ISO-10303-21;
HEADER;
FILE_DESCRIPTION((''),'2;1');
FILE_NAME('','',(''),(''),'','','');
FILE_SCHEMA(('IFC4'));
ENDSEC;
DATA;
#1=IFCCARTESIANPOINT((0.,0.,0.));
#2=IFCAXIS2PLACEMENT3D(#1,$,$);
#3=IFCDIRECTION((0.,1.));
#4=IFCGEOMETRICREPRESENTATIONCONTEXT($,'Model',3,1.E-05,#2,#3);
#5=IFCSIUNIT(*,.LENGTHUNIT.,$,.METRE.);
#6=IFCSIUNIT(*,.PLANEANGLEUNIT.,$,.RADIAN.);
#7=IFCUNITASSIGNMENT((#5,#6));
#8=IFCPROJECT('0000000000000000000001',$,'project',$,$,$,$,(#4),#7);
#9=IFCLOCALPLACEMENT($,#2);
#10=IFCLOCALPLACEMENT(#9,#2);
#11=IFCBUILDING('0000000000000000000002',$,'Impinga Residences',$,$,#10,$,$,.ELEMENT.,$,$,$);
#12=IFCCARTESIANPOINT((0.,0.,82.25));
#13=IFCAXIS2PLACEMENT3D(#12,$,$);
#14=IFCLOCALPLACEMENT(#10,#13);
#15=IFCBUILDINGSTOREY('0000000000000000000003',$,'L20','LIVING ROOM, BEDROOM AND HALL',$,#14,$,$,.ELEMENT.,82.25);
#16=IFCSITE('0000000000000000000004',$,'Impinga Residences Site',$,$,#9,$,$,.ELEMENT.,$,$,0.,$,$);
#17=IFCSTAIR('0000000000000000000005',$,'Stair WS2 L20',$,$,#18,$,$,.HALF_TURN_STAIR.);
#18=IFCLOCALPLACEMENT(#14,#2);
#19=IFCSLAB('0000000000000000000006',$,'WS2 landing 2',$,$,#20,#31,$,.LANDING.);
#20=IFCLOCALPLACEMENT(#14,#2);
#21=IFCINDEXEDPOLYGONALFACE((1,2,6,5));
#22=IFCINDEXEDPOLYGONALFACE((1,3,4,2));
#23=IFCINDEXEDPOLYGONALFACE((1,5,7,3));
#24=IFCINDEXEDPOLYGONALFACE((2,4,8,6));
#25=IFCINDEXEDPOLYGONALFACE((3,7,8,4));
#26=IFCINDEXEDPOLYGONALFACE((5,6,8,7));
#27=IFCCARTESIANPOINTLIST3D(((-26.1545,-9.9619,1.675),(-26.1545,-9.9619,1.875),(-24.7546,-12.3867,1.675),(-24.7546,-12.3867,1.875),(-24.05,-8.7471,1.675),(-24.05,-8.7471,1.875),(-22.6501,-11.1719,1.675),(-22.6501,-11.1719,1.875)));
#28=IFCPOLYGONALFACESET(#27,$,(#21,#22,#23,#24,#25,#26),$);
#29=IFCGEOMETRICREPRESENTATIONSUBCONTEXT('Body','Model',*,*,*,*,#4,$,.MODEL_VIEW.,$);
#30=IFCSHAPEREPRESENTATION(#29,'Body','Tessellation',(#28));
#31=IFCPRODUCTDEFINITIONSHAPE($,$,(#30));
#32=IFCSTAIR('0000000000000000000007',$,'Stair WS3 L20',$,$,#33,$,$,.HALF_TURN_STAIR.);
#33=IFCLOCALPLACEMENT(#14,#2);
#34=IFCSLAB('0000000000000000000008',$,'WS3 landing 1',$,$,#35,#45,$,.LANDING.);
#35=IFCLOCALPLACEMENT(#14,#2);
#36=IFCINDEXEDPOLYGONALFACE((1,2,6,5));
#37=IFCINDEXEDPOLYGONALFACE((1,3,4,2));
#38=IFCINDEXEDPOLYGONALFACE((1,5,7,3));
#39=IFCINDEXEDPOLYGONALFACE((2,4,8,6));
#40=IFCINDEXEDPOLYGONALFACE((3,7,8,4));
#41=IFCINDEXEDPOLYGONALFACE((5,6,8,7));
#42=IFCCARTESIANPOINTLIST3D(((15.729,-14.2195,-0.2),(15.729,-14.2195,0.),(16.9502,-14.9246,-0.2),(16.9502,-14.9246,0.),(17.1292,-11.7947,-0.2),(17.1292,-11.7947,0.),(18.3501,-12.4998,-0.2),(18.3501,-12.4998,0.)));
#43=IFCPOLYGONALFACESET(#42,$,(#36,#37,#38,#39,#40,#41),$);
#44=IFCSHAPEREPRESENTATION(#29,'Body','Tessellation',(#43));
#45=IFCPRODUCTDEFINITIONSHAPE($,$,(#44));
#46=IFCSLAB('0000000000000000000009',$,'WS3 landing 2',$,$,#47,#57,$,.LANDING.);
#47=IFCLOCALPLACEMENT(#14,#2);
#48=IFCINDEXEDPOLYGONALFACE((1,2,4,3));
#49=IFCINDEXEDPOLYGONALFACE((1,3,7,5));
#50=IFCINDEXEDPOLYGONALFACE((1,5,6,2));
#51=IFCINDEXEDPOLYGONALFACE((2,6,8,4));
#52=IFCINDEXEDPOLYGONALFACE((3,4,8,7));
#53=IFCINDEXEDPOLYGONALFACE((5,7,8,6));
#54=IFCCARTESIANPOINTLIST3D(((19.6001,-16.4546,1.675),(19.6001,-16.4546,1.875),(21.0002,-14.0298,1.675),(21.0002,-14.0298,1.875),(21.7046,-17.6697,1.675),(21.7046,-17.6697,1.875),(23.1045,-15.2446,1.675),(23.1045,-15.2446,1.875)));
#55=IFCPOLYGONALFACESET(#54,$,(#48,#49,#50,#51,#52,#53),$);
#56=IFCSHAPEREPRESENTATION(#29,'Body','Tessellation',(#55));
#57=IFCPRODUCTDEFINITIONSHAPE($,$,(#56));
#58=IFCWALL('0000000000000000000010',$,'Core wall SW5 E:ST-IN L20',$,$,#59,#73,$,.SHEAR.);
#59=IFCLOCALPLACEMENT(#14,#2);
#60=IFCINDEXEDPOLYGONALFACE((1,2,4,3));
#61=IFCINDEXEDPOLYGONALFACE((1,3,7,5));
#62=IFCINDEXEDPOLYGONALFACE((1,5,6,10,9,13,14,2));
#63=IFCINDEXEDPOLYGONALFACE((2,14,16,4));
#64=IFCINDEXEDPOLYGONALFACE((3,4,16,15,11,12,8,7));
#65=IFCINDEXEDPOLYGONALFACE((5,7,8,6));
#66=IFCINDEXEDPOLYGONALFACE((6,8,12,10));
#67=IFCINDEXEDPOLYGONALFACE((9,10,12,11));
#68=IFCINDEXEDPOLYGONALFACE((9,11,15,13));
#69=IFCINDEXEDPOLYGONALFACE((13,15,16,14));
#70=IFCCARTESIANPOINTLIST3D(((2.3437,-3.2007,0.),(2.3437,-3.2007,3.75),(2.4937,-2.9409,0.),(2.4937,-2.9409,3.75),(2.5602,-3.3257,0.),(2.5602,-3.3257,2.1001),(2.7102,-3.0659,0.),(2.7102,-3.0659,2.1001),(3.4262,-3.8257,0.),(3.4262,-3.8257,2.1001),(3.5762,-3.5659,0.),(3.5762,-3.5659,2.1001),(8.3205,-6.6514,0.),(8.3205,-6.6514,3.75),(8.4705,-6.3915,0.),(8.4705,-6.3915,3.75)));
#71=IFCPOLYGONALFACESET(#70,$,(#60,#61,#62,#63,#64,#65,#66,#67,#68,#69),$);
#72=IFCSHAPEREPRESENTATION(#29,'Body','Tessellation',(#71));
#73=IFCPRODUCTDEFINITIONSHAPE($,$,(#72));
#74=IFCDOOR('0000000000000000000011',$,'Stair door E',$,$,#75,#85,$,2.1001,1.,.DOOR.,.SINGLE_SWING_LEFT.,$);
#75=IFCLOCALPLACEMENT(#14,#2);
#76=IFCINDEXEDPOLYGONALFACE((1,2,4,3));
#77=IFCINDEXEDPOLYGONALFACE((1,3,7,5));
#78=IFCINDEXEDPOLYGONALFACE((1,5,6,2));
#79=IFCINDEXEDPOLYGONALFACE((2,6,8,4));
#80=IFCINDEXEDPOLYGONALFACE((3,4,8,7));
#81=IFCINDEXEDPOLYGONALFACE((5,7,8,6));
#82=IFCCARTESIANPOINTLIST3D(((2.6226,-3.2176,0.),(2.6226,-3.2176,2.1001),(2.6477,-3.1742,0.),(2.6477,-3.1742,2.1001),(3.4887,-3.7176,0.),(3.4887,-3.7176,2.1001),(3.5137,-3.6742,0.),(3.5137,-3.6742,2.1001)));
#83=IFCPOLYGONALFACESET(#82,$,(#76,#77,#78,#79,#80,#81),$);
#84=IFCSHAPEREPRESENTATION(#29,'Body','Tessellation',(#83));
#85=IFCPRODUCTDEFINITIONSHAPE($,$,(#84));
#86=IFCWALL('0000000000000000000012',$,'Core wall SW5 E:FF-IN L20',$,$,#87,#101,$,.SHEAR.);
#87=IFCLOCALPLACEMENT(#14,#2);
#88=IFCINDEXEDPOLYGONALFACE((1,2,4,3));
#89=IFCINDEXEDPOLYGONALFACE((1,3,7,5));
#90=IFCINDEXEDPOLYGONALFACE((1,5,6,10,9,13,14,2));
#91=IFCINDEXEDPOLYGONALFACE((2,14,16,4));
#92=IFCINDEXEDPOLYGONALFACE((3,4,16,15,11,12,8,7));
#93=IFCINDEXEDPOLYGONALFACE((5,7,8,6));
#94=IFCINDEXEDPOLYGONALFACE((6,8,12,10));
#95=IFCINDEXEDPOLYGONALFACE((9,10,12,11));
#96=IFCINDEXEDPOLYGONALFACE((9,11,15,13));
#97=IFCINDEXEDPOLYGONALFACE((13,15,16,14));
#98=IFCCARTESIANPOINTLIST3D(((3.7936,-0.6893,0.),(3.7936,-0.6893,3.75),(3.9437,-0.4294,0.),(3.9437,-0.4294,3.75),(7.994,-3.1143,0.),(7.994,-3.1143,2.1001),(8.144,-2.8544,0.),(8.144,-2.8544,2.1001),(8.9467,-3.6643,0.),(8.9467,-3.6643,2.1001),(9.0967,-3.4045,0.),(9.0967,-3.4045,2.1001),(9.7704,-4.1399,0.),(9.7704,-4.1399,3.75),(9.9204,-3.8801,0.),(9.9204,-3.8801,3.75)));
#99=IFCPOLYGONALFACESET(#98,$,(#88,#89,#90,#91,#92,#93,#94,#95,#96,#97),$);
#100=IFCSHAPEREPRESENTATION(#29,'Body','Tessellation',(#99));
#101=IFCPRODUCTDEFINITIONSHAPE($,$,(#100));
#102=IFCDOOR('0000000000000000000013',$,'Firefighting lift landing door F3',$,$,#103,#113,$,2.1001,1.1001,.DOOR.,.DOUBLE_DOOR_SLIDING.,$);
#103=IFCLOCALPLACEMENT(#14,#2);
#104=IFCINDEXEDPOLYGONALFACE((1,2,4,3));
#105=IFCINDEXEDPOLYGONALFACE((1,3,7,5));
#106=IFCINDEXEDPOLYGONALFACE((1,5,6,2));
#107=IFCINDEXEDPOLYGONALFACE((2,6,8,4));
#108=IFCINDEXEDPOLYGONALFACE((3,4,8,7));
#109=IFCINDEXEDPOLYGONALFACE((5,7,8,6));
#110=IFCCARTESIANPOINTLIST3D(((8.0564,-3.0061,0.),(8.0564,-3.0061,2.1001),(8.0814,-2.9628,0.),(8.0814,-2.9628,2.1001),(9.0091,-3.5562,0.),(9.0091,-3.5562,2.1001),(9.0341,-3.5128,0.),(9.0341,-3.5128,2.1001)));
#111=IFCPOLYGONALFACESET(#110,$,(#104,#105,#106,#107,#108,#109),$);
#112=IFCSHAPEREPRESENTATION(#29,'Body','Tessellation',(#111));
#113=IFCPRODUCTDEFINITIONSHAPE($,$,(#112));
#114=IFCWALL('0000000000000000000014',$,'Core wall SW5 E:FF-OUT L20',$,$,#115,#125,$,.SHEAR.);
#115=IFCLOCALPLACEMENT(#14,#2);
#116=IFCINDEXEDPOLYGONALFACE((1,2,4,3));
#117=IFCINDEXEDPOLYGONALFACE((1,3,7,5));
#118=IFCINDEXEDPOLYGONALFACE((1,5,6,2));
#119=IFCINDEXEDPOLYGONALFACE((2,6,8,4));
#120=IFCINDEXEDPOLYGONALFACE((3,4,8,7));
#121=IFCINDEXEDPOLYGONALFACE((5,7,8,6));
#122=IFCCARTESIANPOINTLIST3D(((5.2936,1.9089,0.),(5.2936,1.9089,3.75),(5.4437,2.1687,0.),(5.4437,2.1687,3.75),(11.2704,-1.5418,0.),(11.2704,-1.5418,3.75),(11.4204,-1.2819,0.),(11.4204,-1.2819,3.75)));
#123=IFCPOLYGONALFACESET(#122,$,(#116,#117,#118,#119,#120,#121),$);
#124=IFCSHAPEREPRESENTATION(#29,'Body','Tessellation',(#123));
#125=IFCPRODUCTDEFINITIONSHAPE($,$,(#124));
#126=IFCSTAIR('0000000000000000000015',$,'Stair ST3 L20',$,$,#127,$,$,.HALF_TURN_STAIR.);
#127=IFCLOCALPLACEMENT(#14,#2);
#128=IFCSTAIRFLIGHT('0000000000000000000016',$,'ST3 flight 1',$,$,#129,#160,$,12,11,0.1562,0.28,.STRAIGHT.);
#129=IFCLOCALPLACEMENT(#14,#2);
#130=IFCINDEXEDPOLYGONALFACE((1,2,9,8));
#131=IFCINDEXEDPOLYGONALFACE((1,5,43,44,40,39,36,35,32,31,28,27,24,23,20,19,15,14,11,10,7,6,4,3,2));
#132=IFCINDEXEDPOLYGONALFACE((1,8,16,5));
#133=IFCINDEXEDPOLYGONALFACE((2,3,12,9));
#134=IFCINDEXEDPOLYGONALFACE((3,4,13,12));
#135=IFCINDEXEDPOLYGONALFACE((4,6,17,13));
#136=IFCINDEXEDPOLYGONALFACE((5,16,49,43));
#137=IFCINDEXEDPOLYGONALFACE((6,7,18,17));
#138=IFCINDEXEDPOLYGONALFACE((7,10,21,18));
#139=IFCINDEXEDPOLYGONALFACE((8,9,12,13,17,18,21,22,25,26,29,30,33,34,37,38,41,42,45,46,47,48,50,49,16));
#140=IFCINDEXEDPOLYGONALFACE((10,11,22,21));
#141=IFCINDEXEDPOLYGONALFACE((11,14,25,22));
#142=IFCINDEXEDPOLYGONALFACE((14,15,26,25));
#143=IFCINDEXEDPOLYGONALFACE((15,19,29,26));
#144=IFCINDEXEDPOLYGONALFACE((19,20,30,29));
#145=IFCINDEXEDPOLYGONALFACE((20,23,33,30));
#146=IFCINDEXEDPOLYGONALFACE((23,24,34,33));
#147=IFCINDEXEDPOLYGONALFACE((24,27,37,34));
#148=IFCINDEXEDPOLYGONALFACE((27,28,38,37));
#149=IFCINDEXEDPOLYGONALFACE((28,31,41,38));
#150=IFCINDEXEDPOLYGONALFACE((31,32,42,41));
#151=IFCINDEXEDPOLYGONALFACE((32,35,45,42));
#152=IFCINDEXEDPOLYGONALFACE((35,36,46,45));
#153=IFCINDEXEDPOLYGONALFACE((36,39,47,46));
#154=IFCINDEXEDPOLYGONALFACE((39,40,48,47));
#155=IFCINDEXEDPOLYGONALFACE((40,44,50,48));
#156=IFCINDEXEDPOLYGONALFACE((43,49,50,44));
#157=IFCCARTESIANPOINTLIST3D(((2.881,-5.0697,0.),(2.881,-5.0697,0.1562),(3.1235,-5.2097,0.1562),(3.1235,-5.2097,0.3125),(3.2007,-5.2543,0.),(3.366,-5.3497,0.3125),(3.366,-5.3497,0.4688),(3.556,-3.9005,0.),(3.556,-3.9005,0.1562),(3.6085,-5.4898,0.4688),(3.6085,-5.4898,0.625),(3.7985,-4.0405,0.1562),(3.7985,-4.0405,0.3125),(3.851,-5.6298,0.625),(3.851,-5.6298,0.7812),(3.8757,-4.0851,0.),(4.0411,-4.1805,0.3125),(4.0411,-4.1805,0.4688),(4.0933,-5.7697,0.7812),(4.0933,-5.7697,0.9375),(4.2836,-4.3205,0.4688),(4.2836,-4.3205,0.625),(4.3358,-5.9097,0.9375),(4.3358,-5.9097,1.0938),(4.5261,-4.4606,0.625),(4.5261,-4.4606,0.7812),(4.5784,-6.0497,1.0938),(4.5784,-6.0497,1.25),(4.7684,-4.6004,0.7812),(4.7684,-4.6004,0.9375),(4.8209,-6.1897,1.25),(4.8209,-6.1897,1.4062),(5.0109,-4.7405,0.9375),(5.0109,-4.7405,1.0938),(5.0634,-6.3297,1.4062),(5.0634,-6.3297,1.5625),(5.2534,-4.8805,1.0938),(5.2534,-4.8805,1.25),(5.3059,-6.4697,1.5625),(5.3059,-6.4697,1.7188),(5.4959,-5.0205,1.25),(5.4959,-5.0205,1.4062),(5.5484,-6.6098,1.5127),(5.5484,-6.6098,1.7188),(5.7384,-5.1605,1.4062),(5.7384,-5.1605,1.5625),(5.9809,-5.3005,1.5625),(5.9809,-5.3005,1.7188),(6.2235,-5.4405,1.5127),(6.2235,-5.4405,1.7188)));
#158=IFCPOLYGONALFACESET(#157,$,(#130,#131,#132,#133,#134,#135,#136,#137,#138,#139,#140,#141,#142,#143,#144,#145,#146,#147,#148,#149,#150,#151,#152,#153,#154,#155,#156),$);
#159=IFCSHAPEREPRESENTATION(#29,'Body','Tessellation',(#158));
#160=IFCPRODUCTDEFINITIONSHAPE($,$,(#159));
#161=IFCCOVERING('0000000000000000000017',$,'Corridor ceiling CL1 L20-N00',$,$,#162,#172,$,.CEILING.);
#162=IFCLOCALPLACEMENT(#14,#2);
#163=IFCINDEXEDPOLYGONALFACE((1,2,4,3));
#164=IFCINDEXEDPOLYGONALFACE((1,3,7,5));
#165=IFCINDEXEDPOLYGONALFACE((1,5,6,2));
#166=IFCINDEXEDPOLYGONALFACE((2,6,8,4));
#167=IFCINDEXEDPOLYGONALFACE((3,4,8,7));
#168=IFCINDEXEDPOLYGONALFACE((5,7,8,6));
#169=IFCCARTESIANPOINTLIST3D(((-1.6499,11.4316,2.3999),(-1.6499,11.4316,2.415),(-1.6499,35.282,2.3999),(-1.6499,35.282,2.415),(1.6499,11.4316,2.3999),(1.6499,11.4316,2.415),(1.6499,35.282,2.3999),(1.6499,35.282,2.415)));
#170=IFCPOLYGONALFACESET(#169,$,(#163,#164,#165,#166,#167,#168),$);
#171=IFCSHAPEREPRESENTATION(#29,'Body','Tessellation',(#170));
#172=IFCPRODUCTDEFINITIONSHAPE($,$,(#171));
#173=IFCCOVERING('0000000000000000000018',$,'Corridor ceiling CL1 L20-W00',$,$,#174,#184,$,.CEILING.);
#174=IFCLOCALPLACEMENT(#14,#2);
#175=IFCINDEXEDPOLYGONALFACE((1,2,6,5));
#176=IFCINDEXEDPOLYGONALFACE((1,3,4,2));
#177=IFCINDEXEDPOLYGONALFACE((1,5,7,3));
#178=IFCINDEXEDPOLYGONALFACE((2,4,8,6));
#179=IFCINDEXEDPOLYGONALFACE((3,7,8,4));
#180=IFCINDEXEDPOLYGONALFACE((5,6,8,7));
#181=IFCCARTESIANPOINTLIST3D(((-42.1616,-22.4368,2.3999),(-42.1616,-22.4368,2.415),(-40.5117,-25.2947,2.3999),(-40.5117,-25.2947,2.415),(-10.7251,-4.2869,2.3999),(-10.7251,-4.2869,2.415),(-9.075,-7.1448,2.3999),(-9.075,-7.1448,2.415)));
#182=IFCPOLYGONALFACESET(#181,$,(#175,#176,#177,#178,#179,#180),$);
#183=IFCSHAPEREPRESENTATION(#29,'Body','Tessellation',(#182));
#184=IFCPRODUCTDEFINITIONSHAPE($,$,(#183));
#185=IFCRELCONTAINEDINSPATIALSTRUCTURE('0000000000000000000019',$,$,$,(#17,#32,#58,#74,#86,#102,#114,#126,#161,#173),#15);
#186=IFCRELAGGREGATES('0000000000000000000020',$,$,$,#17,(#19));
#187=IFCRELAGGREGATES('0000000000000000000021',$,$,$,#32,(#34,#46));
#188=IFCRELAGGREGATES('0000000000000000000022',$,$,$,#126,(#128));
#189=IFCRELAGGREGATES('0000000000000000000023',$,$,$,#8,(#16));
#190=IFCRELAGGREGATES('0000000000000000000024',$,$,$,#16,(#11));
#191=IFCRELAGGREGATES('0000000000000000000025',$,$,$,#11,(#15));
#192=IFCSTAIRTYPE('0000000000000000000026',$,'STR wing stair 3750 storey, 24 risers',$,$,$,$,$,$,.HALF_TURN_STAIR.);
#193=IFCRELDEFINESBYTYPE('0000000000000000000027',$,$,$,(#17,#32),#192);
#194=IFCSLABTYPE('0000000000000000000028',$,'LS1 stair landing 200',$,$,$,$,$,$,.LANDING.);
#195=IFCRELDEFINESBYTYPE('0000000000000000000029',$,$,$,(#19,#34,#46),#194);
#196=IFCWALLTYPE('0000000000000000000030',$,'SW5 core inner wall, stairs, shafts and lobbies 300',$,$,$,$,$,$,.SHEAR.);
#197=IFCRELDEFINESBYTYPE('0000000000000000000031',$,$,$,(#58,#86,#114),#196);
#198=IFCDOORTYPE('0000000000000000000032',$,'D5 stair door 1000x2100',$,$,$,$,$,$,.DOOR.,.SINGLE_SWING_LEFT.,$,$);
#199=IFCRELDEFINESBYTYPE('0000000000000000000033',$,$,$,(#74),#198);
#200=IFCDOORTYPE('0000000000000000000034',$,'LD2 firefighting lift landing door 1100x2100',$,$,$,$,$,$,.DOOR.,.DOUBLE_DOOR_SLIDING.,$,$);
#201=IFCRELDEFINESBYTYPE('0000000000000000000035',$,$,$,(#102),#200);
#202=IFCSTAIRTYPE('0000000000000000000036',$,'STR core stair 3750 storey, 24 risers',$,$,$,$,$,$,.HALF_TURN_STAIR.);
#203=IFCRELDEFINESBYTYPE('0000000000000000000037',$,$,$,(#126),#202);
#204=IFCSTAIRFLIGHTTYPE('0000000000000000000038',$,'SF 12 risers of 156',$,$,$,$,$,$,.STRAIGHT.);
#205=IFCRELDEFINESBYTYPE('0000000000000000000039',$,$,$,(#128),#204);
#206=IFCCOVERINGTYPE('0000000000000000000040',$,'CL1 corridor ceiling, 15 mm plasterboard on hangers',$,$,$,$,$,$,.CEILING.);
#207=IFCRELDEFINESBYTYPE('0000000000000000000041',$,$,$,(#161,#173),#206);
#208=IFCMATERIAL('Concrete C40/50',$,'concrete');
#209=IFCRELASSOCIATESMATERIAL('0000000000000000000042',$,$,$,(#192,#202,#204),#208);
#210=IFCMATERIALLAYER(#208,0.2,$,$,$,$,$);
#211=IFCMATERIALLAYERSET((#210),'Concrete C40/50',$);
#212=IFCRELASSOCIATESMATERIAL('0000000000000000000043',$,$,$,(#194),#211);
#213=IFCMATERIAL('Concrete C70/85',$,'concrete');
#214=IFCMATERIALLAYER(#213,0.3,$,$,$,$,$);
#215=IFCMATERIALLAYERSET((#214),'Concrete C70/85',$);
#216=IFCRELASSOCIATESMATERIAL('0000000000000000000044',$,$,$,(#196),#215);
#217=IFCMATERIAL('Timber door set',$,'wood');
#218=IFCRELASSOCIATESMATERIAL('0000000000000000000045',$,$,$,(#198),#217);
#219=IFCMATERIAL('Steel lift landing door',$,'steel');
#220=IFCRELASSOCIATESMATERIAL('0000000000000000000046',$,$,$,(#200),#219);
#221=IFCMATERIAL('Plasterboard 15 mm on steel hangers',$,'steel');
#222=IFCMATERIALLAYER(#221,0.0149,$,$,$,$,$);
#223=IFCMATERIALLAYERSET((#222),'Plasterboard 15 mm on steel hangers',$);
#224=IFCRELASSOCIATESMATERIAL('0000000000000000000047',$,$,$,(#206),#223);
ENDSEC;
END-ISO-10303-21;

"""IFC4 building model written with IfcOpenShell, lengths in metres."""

from ifc_helpers import new_model, si_unit, direction, frame, frame_2d, origin, place, context, subcontext, project, spatial, polyline, rectangle, outline, extrude, material, layer, layer_set, type_object, element, fill, aggregate, save


model = new_model("IFC4")

# Units and contexts
model_context = context("Model", 3, precision=1e-05, world=origin(), true_north=direction((0.0, 1.0)))
body_context = subcontext(model_context, "Body", "Model", "MODEL_VIEW")
ifc_project = project(units=[si_unit("LENGTHUNIT", "METRE"), si_unit("PLANEANGLEUNIT", "RADIAN")], contexts=[model_context])

# Site, building, storey
site_placement = place(None, origin())
site = spatial("IfcSite", under=ifc_project, at=site_placement, Name="Impinga Residences Site", CompositionType="ELEMENT", RefElevation=0.0)
building_placement = place(site_placement, origin())
building = spatial("IfcBuilding", under=site, at=building_placement, Name="Impinga Residences", CompositionType="ELEMENT")
storey_placement = place(building_placement, frame((0.0, 0.0, 82.25)))
storey = spatial("IfcBuildingStorey", under=building, at=storey_placement, Name="L20", Description="LIVING ROOM, BEDROOM AND HALL", CompositionType="ELEMENT", Elevation=82.25)

# Stair, slab
ifc_material_1 = material(Name="Concrete C40/50", Category="concrete")
stair_type_1 = type_object("IfcStairType", Name="STR wing stair 3750 storey, 24 risers", PredefinedType="HALF_TURN_STAIR", material=ifc_material_1)
stair_1_placement = place(storey_placement, origin())
stair_1 = element("IfcStair", 1, at=stair_1_placement, inside=storey, type_object=stair_type_1, Name="Stair WS2 L20", PredefinedType="HALF_TURN_STAIR")
ifc_layer_1 = layer(ifc_material_1, 0.2)
ifc_layer_set_1 = layer_set([ifc_layer_1], Name="Concrete C40/50")
slab_type = type_object("IfcSlabType", Name="LS1 stair landing 200", PredefinedType="LANDING", material=ifc_layer_set_1)
slab_1_placement = place(storey_placement, frame((0.0, 0.0, 1.675)))
slab_1 = element("IfcSlab", 2, at=slab_1_placement, type_object=slab_type, Name="WS2 landing 2", PredefinedType="LANDING", context=body_context, shape_type="SweptSolid", body=[
    extrude(outline(polyline([(-22.6501, -11.1719), (-24.05, -8.7471), (-26.1545, -9.9619), (-24.7546, -12.3867), (-22.6501, -11.1719)])), origin(), (0.0, 0.0, 1.0), 0.2),
])
aggregate(stair_1, [slab_1])

# Stair, slabs
stair_2_placement = place(storey_placement, origin())
stair_2 = element("IfcStair", 3, at=stair_2_placement, inside=storey, type_object=stair_type_1, Name="Stair WS3 L20", PredefinedType="HALF_TURN_STAIR")
slab_2_placement = place(storey_placement, frame((0.0, 0.0, -0.2)))
slab_2 = element("IfcSlab", 4, at=slab_2_placement, type_object=slab_type, Name="WS3 landing 1", PredefinedType="LANDING", context=body_context, shape_type="SweptSolid", body=[
    extrude(outline(polyline([(17.1292, -11.7947), (15.729, -14.2195), (16.9502, -14.9246), (18.3501, -12.4998), (17.1292, -11.7947)])), origin(), (0.0, 0.0, 1.0), 0.2),
])
slab_3_placement = place(storey_placement, frame((0.0, 0.0, 1.675)))
slab_3 = element("IfcSlab", 5, at=slab_3_placement, type_object=slab_type, Name="WS3 landing 2", PredefinedType="LANDING", context=body_context, shape_type="SweptSolid", body=[
    extrude(outline(polyline([(21.0002, -14.0298), (19.6001, -16.4546), (21.7046, -17.6697), (23.1045, -15.2446), (21.0002, -14.0298)])), origin(), (0.0, 0.0, 1.0), 0.2),
])
aggregate(stair_2, [slab_2, slab_3])

# Walls, openings, doors
ifc_material_2 = material(Name="Concrete C70/85", Category="concrete")
ifc_layer_2 = layer(ifc_material_2, 0.3)
ifc_layer_set_2 = layer_set([ifc_layer_2], Name="Concrete C70/85")
wall_type = type_object("IfcWallType", Name="SW5 core inner wall, stairs, shafts and lobbies 300", PredefinedType="SHEAR", material=ifc_layer_set_2)
wall_1_placement = place(storey_placement, frame((2.4187, -3.0708, 0.0), z_axis=(0.0, 0.0, 1.0), x_axis=(0.866027, -0.499997, 0.0)))
wall_1 = element("IfcWall", 6, at=wall_1_placement, inside=storey, type_object=wall_type, Name="Core wall SW5 E:ST-IN L20", PredefinedType="SHEAR", context=body_context, shape_type="SweptSolid", body=[
    extrude(rectangle(XDim=6.9014, YDim=0.3, at=frame_2d((3.4507, 0.0))), origin(), (0.0, 0.0, 1.0), 3.75),
])
opening_1_placement = place(wall_1_placement, frame((0.25, 0.0, 0.0)))
opening_1 = element("IfcOpeningElement", 7, at=opening_1_placement, cuts=wall_1, PredefinedType="OPENING", context=body_context, shape_type="SweptSolid", body=[
    extrude(rectangle(XDim=1.0, YDim=2.1001, at=frame_2d((0.5, 1.05))), frame((0.0, 0.1599, 0.0), z_axis=(0.0, -1.0, 0.0), x_axis=(1.0, 0.0, 0.0)), (0.0, 0.0, 1.0), 0.3201),
])
ifc_material_3 = material(Name="Timber door set", Category="wood")
door_type_1 = type_object("IfcDoorType", Name="D5 stair door 1000x2100", OperationType="SINGLE_SWING_LEFT", PredefinedType="DOOR", material=ifc_material_3)
door_1_placement = place(opening_1_placement, origin())
door_1 = element("IfcDoor", 8, at=door_1_placement, inside=storey, type_object=door_type_1, Name="Stair door E", OperationType="SINGLE_SWING_LEFT", OverallHeight=2.1001, OverallWidth=1.0, PredefinedType="DOOR", context=body_context, shape_type="SweptSolid", body=[
    extrude(rectangle(XDim=1.0, YDim=2.1001, at=frame_2d((0.5, 1.05))), frame((0.0, 0.0249, 0.0), z_axis=(0.0, -1.0, 0.0), x_axis=(1.0, 0.0, 0.0)), (0.0, 0.0, 1.0), 0.05),
])
fill(opening_1, door_1)
wall_2_placement = place(storey_placement, frame((3.8687, -0.5593, 0.0), z_axis=(0.0, 0.0, 1.0), x_axis=(0.866027, -0.499997, 0.0)))
wall_2 = element("IfcWall", 9, at=wall_2_placement, inside=storey, type_object=wall_type, Name="Core wall SW5 E:FF-IN L20", PredefinedType="SHEAR", context=body_context, shape_type="SweptSolid", body=[
    extrude(rectangle(XDim=6.9014, YDim=0.3, at=frame_2d((3.4507, 0.0))), origin(), (0.0, 0.0, 1.0), 3.75),
])
opening_2_placement = place(wall_2_placement, frame((4.8501, 0.0, 0.0)))
opening_2 = element("IfcOpeningElement", 10, at=opening_2_placement, cuts=wall_2, PredefinedType="OPENING", context=body_context, shape_type="SweptSolid", body=[
    extrude(rectangle(XDim=1.1001, YDim=2.1001, at=frame_2d((0.55, 1.05))), frame((0.0, 0.1599, 0.0), z_axis=(0.0, -1.0, 0.0), x_axis=(1.0, 0.0, 0.0)), (0.0, 0.0, 1.0), 0.3201),
])
ifc_material_4 = material(Name="Steel lift landing door", Category="steel")
door_type_2 = type_object("IfcDoorType", Name="LD2 firefighting lift landing door 1100x2100", OperationType="DOUBLE_DOOR_SLIDING", PredefinedType="DOOR", material=ifc_material_4)
door_2_placement = place(opening_2_placement, origin())
door_2 = element("IfcDoor", 11, at=door_2_placement, inside=storey, type_object=door_type_2, Name="Firefighting lift landing door F3", OperationType="DOUBLE_DOOR_SLIDING", OverallHeight=2.1001, OverallWidth=1.1001, PredefinedType="DOOR", context=body_context, shape_type="SweptSolid", body=[
    extrude(rectangle(XDim=1.1001, YDim=2.1001, at=frame_2d((0.55, 1.05))), frame((0.0, 0.0249, 0.0), z_axis=(0.0, -1.0, 0.0), x_axis=(1.0, 0.0, 0.0)), (0.0, 0.0, 1.0), 0.05),
])
fill(opening_2, door_2)

# Wall
wall_3_placement = place(storey_placement, frame((5.3687, 2.0388, 0.0), z_axis=(0.0, 0.0, 1.0), x_axis=(0.866027, -0.499997, 0.0)))
element("IfcWall", 12, at=wall_3_placement, inside=storey, type_object=wall_type, Name="Core wall SW5 E:FF-OUT L20", PredefinedType="SHEAR", context=body_context, shape_type="SweptSolid", body=[
    extrude(rectangle(XDim=6.9014, YDim=0.3, at=frame_2d((3.4507, 0.0))), origin(), (0.0, 0.0, 1.0), 3.75),
])

# Stair, stair flight
stair_type_2 = type_object("IfcStairType", Name="STR core stair 3750 storey, 24 risers", PredefinedType="HALF_TURN_STAIR", material=ifc_material_1)
stair_3_placement = place(storey_placement, origin())
stair_3 = element("IfcStair", 13, at=stair_3_placement, inside=storey, type_object=stair_type_2, Name="Stair ST3 L20", PredefinedType="HALF_TURN_STAIR")
stair_flight_type = type_object("IfcStairFlightType", Name="SF 12 risers of 156", PredefinedType="STRAIGHT", material=ifc_material_1)
stair_flight_placement = place(storey_placement, frame((3.2185, -4.4851, 0.0), z_axis=(0.0, 0.0, 1.0), x_axis=(0.866025, -0.5, 0.0)))
stair_flight = element("IfcStairFlight", 14, at=stair_flight_placement, type_object=stair_flight_type, Name="ST3 flight 1", NumberOfRisers=12, NumberOfTreads=11, PredefinedType="STRAIGHT", RiserHeight=0.1562, TreadLength=0.28, context=body_context, shape_type="SweptSolid", body=[
    extrude(outline(polyline([(0.0, 0.0), (0.0, 0.1562), (0.28, 0.1562), (0.28, 0.3125), (0.5601, 0.3125), (0.5601, 0.4688), (0.8401, 0.4688), (0.8401, 0.625), (1.1201, 0.625), (1.1201, 0.7812), (1.3999, 0.7812), (1.3999, 0.9375), (1.6799, 0.9375), (1.6799, 1.0938), (1.96, 1.0938), (1.96, 1.25), (2.24, 1.25), (2.24, 1.4062), (2.52, 1.4062), (2.52, 1.5625), (2.8, 1.5625), (2.8, 1.7188), (3.0801, 1.7188), (3.0801, 1.875), (3.0801, 1.5127), (0.3691, 0.0), (0.0, 0.0)])), frame((0.0, 0.675, 0.0), z_axis=(0.0, -1.0, 0.0), x_axis=(1.0, 0.0, 0.0)), (0.0, 0.0, 1.0), 1.3501),
])
aggregate(stair_3, [stair_flight])

# Coverings
ifc_material_5 = material(Name="Plasterboard 15 mm on steel hangers", Category="steel")
ifc_layer_3 = layer(ifc_material_5, 0.0149)
ifc_layer_set_3 = layer_set([ifc_layer_3], Name="Plasterboard 15 mm on steel hangers")
covering_type_1 = type_object("IfcCoveringType", Name="CL1 corridor ceiling, 15 mm plasterboard on hangers", PredefinedType="CEILING", material=ifc_layer_set_3)
covering_1_placement = place(storey_placement, frame((0.0, 0.0, 2.3999)))
element("IfcCovering", 15, at=covering_1_placement, inside=storey, type_object=covering_type_1, Name="Corridor ceiling CL1 L20-N00", PredefinedType="CEILING", context=body_context, shape_type="SweptSolid", body=[
    extrude(outline(polyline([(1.6499, 11.4316), (-1.6499, 11.4316), (-1.6499, 35.282), (1.6499, 35.282), (1.6499, 11.4316)])), origin(), (0.0, 0.0, 1.0), 0.0151),
])
covering_2_placement = place(storey_placement, frame((0.0, 0.0, 2.3999)))
element("IfcCovering", 16, at=covering_2_placement, inside=storey, type_object=covering_type_1, Name="Corridor ceiling CL1 L20-W00", PredefinedType="CEILING", context=body_context, shape_type="SweptSolid", body=[
    extrude(outline(polyline([(-9.075, -7.1448), (-10.7251, -4.2869), (-42.1616, -22.4368), (-40.5117, -25.2947), (-9.075, -7.1448)])), origin(), (0.0, 0.0, 1.0), 0.0151),
])

save(model, "model.ifc")
